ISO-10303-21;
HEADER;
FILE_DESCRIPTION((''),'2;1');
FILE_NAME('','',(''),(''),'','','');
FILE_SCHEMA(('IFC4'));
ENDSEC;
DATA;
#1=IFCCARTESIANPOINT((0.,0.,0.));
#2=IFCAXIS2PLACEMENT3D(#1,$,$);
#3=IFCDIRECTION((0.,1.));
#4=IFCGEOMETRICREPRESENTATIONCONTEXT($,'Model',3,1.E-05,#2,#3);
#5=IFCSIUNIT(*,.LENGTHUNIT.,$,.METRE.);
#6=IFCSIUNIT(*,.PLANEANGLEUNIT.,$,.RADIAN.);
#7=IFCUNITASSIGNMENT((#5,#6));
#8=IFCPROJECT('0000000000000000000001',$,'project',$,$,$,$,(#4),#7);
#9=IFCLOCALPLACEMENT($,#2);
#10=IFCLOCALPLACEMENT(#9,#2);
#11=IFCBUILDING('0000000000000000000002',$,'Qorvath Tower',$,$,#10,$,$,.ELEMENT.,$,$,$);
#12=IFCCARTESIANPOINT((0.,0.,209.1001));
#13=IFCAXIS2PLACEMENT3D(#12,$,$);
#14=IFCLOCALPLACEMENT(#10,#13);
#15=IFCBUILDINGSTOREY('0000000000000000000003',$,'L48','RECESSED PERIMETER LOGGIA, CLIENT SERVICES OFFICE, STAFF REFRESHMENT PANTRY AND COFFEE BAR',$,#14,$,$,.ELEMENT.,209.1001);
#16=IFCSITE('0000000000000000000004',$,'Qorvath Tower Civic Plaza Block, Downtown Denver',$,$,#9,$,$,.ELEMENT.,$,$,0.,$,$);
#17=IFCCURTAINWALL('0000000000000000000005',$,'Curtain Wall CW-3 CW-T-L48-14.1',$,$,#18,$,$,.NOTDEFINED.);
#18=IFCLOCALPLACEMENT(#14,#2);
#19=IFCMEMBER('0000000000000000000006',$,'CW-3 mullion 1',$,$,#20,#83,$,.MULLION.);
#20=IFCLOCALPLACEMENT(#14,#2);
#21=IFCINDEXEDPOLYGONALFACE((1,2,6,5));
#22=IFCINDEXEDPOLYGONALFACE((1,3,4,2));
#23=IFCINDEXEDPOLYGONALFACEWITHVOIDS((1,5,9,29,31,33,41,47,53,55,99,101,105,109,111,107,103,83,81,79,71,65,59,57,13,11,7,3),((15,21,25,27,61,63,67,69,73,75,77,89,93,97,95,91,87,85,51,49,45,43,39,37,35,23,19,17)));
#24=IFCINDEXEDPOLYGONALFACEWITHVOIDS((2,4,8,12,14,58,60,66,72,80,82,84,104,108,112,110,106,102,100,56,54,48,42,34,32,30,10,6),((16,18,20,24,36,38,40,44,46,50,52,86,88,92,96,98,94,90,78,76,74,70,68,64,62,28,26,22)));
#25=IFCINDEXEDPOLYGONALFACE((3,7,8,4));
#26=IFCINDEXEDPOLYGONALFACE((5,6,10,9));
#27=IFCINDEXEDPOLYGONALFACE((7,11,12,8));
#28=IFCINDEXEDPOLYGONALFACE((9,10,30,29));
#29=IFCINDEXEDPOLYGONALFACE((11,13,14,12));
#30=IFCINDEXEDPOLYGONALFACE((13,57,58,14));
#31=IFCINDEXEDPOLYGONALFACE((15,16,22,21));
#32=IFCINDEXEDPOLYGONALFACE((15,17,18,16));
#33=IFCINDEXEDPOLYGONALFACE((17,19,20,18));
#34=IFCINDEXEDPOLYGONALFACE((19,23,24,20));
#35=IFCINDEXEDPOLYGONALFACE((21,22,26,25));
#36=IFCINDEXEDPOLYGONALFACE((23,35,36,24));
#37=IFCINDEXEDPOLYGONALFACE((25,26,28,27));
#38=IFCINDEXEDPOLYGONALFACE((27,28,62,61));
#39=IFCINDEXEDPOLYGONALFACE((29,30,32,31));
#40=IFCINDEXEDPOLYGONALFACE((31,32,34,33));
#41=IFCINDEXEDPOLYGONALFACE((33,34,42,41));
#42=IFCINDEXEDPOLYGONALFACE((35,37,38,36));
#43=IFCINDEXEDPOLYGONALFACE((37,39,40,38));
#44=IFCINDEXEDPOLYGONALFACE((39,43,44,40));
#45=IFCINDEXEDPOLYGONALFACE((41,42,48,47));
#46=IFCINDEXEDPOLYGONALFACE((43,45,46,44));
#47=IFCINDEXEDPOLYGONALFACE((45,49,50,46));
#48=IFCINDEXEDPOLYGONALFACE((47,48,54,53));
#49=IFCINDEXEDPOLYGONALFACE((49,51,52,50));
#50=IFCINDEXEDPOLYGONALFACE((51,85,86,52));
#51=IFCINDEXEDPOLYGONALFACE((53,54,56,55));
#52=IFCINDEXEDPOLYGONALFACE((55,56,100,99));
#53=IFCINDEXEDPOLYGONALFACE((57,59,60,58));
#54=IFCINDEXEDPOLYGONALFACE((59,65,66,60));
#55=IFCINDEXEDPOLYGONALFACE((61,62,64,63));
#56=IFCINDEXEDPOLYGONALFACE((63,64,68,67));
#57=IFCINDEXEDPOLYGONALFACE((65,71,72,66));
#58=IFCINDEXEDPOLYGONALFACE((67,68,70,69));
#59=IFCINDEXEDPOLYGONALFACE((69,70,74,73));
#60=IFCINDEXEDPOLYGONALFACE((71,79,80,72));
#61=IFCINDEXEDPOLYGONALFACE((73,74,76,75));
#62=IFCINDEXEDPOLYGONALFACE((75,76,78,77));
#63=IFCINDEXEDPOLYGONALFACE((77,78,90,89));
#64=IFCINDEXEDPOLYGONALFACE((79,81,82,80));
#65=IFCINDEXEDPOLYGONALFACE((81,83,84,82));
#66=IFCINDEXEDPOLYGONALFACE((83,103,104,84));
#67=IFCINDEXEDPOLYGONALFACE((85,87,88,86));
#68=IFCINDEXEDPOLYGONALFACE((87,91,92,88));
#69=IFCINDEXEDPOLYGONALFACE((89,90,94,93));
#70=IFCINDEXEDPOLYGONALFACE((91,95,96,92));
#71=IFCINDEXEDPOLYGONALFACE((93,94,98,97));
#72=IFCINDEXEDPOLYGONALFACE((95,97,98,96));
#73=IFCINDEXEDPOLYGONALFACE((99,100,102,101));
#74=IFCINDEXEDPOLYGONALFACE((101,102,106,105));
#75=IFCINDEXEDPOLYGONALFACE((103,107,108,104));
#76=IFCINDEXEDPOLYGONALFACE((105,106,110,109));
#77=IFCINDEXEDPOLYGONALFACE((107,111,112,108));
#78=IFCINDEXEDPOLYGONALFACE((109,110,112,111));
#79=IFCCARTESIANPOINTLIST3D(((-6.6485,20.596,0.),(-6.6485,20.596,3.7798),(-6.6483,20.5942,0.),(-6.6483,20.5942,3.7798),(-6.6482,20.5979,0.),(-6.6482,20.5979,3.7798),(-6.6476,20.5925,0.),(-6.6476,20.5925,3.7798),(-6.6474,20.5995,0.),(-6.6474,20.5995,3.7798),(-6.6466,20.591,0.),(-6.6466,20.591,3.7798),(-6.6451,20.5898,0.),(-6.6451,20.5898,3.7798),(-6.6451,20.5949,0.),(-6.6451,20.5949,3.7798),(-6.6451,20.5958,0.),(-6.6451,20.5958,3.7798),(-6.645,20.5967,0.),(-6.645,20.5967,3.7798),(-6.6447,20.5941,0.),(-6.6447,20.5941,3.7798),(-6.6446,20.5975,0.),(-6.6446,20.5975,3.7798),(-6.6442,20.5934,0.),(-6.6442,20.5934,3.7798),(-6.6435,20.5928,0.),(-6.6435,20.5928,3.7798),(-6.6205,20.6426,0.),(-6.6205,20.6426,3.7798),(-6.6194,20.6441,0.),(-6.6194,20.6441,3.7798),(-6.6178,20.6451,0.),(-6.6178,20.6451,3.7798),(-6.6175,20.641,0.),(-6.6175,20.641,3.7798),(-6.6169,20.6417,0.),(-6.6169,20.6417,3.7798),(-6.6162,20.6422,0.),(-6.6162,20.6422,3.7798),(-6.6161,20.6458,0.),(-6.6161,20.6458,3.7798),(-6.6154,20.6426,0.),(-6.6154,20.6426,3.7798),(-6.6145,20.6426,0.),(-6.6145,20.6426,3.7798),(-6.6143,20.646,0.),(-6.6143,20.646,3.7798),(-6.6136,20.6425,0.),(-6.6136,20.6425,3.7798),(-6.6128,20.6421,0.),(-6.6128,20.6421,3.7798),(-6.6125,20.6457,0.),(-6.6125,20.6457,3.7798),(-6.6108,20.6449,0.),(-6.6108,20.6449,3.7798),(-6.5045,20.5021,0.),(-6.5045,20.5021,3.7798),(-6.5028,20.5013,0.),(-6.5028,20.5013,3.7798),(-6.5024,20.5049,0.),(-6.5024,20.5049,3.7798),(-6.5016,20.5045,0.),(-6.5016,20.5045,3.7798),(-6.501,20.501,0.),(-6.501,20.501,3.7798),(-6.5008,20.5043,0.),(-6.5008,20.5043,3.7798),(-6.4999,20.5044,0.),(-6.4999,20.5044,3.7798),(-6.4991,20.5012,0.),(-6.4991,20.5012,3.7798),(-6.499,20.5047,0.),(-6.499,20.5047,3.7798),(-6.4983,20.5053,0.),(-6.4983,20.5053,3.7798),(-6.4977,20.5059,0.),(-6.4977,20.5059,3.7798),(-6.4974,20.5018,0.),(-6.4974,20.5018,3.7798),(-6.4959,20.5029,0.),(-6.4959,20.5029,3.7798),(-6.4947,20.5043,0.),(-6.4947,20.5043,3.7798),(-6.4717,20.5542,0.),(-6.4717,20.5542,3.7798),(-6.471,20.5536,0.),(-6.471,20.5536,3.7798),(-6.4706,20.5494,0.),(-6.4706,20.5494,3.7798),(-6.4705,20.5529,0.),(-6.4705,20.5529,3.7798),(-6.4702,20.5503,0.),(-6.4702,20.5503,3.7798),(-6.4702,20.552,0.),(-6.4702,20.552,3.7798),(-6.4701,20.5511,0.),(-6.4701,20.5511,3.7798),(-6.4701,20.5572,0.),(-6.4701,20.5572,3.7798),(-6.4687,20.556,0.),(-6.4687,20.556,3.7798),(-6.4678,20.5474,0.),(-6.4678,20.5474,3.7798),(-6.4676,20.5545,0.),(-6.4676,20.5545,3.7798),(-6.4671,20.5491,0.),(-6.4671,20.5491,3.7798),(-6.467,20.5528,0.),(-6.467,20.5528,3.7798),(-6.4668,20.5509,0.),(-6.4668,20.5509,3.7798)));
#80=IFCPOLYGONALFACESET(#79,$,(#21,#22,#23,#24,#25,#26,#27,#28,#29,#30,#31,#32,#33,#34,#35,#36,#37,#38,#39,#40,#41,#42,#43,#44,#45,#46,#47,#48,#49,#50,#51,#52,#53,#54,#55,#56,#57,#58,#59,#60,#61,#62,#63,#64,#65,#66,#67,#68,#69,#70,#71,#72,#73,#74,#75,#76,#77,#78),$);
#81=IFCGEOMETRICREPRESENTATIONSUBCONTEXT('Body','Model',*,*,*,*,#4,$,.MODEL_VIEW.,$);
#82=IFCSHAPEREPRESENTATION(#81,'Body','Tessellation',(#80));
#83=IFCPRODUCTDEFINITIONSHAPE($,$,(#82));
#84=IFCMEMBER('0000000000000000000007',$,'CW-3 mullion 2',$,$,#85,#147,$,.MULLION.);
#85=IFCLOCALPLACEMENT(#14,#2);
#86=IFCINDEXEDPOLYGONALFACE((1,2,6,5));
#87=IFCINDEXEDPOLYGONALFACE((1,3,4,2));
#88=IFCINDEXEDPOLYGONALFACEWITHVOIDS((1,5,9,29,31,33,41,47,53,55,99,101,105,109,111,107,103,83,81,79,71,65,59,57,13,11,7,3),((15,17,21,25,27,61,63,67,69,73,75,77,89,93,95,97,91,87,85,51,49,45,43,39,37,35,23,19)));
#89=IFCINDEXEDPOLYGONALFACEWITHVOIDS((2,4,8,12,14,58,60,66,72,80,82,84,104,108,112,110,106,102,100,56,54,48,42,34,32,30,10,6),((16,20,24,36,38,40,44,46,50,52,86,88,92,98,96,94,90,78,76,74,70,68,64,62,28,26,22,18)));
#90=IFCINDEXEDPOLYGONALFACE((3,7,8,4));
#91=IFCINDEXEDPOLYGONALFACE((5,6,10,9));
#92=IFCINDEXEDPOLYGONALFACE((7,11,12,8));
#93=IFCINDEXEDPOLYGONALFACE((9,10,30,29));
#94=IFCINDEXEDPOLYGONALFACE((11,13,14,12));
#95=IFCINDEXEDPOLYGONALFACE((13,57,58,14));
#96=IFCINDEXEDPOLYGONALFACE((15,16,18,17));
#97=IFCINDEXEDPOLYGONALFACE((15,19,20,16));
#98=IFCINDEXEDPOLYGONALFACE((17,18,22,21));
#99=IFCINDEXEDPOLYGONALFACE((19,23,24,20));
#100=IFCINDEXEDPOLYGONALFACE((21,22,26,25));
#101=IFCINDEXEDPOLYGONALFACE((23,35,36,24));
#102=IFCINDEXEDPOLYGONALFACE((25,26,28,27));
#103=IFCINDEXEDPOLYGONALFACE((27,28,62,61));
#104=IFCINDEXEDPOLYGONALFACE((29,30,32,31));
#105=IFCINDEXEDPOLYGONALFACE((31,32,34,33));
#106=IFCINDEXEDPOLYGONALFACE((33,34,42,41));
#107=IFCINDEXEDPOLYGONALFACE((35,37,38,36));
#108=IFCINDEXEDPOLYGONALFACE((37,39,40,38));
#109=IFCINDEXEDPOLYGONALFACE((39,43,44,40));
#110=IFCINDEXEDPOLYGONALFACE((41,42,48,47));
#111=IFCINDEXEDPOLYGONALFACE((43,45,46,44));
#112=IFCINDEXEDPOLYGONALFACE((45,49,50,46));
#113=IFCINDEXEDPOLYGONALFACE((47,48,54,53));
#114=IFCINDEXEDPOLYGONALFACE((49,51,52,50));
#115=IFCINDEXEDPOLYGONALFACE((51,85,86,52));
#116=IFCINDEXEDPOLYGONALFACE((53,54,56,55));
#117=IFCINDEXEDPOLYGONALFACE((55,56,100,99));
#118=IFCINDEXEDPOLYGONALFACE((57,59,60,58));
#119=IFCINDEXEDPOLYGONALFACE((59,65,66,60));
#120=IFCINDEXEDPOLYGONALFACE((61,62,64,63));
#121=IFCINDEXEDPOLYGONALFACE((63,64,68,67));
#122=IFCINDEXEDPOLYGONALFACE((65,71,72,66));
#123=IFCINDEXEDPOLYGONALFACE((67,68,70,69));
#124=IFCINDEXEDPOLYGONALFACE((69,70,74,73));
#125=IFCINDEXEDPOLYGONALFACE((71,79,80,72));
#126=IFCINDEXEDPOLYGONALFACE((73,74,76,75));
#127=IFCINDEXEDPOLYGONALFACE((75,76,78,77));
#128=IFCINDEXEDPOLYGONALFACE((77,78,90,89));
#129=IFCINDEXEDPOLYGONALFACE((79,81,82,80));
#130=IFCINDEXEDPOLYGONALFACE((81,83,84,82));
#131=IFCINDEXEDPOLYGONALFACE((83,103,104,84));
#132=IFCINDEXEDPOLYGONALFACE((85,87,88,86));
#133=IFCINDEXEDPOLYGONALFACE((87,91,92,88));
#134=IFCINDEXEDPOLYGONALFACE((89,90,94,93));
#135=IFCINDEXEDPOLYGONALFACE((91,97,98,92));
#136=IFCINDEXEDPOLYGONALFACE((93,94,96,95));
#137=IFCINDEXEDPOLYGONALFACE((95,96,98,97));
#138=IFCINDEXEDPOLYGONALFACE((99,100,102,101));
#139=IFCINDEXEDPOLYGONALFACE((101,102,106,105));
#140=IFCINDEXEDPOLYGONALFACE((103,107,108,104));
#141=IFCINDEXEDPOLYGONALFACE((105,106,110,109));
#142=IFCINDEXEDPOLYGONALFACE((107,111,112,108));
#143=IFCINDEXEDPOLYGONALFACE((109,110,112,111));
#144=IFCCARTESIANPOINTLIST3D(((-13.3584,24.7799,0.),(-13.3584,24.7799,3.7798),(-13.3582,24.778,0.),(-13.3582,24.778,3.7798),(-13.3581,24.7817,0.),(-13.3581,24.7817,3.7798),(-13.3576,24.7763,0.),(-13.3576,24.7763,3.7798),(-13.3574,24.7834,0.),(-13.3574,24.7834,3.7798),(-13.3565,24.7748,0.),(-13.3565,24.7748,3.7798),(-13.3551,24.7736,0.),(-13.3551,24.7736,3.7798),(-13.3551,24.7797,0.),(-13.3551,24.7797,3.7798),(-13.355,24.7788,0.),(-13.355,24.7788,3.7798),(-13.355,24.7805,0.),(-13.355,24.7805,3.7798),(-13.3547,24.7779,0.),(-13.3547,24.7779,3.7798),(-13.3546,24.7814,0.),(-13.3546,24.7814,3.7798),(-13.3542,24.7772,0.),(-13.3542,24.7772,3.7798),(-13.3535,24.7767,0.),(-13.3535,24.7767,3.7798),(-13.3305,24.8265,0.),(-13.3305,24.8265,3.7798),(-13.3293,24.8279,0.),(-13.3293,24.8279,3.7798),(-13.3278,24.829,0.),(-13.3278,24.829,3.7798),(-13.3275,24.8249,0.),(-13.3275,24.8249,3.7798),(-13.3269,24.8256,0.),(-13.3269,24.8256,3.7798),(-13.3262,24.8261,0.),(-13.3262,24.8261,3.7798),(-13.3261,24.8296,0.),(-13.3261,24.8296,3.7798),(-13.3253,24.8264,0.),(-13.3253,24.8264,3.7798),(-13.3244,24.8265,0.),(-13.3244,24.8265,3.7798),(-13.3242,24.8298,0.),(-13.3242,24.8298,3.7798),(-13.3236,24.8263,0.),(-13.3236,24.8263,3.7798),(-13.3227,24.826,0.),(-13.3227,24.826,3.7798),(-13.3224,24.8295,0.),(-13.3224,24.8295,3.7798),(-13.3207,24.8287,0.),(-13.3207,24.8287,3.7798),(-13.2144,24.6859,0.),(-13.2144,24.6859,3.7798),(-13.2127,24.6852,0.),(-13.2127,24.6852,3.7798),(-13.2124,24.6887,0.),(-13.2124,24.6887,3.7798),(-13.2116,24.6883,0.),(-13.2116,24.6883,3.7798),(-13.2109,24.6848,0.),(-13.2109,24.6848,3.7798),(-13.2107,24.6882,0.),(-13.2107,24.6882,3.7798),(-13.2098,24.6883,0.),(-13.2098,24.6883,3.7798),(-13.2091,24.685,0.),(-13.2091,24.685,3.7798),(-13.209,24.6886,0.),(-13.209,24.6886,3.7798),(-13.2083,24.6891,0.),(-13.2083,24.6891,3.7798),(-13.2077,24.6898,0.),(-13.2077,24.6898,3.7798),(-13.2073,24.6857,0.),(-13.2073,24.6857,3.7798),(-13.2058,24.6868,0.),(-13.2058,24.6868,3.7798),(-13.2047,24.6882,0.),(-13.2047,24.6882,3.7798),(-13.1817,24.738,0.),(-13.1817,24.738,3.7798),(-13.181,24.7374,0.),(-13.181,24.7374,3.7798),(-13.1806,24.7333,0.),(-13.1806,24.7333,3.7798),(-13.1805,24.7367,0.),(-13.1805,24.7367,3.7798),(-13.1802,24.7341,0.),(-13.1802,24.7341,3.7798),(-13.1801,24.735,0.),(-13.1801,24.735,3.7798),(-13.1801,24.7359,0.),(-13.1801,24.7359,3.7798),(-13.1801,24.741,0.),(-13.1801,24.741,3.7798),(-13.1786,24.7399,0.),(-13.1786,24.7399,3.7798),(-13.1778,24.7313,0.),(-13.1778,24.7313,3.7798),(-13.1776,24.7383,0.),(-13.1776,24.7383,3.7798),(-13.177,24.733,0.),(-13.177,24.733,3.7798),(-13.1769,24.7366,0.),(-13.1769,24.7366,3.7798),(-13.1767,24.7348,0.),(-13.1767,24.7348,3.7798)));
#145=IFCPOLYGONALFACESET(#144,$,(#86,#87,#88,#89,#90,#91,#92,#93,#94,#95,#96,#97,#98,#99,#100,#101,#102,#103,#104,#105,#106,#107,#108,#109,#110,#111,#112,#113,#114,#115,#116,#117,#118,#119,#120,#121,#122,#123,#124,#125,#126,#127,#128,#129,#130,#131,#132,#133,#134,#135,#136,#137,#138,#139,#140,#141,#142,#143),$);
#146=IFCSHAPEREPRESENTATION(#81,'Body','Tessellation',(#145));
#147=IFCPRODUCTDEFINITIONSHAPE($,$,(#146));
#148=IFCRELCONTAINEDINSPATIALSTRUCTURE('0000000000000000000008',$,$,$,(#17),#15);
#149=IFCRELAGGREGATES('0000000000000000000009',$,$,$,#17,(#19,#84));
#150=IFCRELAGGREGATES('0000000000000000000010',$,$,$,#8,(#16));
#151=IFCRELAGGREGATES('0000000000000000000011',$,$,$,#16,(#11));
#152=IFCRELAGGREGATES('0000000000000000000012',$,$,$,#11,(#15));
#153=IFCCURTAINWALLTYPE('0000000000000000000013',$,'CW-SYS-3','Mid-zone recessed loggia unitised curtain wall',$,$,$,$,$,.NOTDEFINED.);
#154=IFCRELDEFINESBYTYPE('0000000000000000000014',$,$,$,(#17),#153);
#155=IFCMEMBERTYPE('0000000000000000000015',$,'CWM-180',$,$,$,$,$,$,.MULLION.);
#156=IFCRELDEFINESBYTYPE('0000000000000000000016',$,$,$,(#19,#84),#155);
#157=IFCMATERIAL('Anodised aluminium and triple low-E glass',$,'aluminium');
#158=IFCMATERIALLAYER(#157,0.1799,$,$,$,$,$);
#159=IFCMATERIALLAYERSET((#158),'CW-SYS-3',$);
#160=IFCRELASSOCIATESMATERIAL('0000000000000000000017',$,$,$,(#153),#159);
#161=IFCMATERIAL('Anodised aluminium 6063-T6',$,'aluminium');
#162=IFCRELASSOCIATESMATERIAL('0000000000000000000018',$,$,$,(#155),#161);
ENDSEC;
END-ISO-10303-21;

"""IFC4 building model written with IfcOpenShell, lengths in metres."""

from ifc_helpers import new_model, si_unit, direction, frame, origin, origin_2d, place, context, subcontext, project, spatial, hollow_rectangle, extrude, material, layer, layer_set, material_profile, profile_set, type_object, element, aggregate, save


model = new_model("IFC4")

# Units and contexts
model_context = context("Model", 3, precision=1e-05, world=origin(), true_north=direction((0.0, 1.0)))
body_context = subcontext(model_context, "Body", "Model", "MODEL_VIEW")
ifc_project = project(units=[si_unit("LENGTHUNIT", "METRE"), si_unit("PLANEANGLEUNIT", "RADIAN")], contexts=[model_context])

# Site, building, storey
site_placement = place(None, origin())
site = spatial("IfcSite", under=ifc_project, at=site_placement, Name="Qorvath Tower Civic Plaza Block, Downtown Denver", CompositionType="ELEMENT", RefElevation=0.0)
building_placement = place(site_placement, origin())
building = spatial("IfcBuilding", under=site, at=building_placement, Name="Qorvath Tower", CompositionType="ELEMENT")
storey_placement = place(building_placement, frame((0.0, 0.0, 209.1001)))
storey = spatial("IfcBuildingStorey", under=building, at=storey_placement, Name="L48", Description="RECESSED PERIMETER LOGGIA, CLIENT SERVICES OFFICE, STAFF REFRESHMENT PANTRY AND COFFEE BAR", CompositionType="ELEMENT", Elevation=209.1001)

# Shared definitions
ifc_material_1 = material(Name="Anodised aluminium and triple low-E glass", Category="aluminium")
ifc_layer_1 = layer(ifc_material_1, 0.1799)
ifc_layer_set_1 = layer_set([ifc_layer_1], Name="CW-SYS-3")
curtain_wall_type = type_object("IfcCurtainWallType", Name="CW-SYS-3", Description="Mid-zone recessed loggia unitised curtain wall", PredefinedType="NOTDEFINED", material=ifc_layer_set_1)
ifc_material_2 = material(Name="Anodised aluminium 6063-T6", Category="aluminium")
ifc_material_profile_1 = material_profile(ifc_material_2, hollow_rectangle(XDim=0.0649, YDim=0.1799, WallThickness=0.0034, InnerFilletRadius=0.0034, OuterFilletRadius=0.0071, at=origin_2d()), Name="CWM 180x65")
ifc_profile_set_1 = profile_set([ifc_material_profile_1], Name="Anodised aluminium 6063-T6")
member_type_1 = type_object("IfcMemberType", Name="CWM-180", PredefinedType="MULLION", material=ifc_profile_set_1)

# Curtain wall, members
curtain_wall_1_placement = place(storey_placement, origin())
curtain_wall_1 = element("IfcCurtainWall", 1, at=curtain_wall_1_placement, inside=storey, type_object=curtain_wall_type, Name="Curtain Wall CW-3 CW-T-L48-14.1", PredefinedType="NOTDEFINED")
member_1_placement = place(storey_placement, frame((-6.5576, 20.5735, 0.0), z_axis=(0.0, 0.0, 1.0), x_axis=(-0.529074, -0.848576, 0.0)))
member_1 = element("IfcMember", 2, at=member_1_placement, type_object=member_type_1, Name="CW-3 mullion 1", PredefinedType="MULLION", context=body_context, shape_type="SweptSolid", body=[
    extrude(hollow_rectangle(XDim=0.0649, YDim=0.1799, WallThickness=0.0034, InnerFilletRadius=0.0034, OuterFilletRadius=0.0071, at=origin_2d()), origin(), (0.0, 0.0, 1.0), 3.7798),
])
member_2_placement = place(storey_placement, frame((-13.2676, 24.7573, 0.0), z_axis=(0.0, 0.0, 1.0), x_axis=(-0.529074, -0.848576, 0.0)))
member_2 = element("IfcMember", 3, at=member_2_placement, type_object=member_type_1, Name="CW-3 mullion 2", PredefinedType="MULLION", context=body_context, shape_type="SweptSolid", body=[
    extrude(hollow_rectangle(XDim=0.0649, YDim=0.1799, WallThickness=0.0034, InnerFilletRadius=0.0034, OuterFilletRadius=0.0071, at=origin_2d()), origin(), (0.0, 0.0, 1.0), 3.7798),
])

aggregate(curtain_wall_1, [member_1, member_2])

save(model, "model.ifc")
